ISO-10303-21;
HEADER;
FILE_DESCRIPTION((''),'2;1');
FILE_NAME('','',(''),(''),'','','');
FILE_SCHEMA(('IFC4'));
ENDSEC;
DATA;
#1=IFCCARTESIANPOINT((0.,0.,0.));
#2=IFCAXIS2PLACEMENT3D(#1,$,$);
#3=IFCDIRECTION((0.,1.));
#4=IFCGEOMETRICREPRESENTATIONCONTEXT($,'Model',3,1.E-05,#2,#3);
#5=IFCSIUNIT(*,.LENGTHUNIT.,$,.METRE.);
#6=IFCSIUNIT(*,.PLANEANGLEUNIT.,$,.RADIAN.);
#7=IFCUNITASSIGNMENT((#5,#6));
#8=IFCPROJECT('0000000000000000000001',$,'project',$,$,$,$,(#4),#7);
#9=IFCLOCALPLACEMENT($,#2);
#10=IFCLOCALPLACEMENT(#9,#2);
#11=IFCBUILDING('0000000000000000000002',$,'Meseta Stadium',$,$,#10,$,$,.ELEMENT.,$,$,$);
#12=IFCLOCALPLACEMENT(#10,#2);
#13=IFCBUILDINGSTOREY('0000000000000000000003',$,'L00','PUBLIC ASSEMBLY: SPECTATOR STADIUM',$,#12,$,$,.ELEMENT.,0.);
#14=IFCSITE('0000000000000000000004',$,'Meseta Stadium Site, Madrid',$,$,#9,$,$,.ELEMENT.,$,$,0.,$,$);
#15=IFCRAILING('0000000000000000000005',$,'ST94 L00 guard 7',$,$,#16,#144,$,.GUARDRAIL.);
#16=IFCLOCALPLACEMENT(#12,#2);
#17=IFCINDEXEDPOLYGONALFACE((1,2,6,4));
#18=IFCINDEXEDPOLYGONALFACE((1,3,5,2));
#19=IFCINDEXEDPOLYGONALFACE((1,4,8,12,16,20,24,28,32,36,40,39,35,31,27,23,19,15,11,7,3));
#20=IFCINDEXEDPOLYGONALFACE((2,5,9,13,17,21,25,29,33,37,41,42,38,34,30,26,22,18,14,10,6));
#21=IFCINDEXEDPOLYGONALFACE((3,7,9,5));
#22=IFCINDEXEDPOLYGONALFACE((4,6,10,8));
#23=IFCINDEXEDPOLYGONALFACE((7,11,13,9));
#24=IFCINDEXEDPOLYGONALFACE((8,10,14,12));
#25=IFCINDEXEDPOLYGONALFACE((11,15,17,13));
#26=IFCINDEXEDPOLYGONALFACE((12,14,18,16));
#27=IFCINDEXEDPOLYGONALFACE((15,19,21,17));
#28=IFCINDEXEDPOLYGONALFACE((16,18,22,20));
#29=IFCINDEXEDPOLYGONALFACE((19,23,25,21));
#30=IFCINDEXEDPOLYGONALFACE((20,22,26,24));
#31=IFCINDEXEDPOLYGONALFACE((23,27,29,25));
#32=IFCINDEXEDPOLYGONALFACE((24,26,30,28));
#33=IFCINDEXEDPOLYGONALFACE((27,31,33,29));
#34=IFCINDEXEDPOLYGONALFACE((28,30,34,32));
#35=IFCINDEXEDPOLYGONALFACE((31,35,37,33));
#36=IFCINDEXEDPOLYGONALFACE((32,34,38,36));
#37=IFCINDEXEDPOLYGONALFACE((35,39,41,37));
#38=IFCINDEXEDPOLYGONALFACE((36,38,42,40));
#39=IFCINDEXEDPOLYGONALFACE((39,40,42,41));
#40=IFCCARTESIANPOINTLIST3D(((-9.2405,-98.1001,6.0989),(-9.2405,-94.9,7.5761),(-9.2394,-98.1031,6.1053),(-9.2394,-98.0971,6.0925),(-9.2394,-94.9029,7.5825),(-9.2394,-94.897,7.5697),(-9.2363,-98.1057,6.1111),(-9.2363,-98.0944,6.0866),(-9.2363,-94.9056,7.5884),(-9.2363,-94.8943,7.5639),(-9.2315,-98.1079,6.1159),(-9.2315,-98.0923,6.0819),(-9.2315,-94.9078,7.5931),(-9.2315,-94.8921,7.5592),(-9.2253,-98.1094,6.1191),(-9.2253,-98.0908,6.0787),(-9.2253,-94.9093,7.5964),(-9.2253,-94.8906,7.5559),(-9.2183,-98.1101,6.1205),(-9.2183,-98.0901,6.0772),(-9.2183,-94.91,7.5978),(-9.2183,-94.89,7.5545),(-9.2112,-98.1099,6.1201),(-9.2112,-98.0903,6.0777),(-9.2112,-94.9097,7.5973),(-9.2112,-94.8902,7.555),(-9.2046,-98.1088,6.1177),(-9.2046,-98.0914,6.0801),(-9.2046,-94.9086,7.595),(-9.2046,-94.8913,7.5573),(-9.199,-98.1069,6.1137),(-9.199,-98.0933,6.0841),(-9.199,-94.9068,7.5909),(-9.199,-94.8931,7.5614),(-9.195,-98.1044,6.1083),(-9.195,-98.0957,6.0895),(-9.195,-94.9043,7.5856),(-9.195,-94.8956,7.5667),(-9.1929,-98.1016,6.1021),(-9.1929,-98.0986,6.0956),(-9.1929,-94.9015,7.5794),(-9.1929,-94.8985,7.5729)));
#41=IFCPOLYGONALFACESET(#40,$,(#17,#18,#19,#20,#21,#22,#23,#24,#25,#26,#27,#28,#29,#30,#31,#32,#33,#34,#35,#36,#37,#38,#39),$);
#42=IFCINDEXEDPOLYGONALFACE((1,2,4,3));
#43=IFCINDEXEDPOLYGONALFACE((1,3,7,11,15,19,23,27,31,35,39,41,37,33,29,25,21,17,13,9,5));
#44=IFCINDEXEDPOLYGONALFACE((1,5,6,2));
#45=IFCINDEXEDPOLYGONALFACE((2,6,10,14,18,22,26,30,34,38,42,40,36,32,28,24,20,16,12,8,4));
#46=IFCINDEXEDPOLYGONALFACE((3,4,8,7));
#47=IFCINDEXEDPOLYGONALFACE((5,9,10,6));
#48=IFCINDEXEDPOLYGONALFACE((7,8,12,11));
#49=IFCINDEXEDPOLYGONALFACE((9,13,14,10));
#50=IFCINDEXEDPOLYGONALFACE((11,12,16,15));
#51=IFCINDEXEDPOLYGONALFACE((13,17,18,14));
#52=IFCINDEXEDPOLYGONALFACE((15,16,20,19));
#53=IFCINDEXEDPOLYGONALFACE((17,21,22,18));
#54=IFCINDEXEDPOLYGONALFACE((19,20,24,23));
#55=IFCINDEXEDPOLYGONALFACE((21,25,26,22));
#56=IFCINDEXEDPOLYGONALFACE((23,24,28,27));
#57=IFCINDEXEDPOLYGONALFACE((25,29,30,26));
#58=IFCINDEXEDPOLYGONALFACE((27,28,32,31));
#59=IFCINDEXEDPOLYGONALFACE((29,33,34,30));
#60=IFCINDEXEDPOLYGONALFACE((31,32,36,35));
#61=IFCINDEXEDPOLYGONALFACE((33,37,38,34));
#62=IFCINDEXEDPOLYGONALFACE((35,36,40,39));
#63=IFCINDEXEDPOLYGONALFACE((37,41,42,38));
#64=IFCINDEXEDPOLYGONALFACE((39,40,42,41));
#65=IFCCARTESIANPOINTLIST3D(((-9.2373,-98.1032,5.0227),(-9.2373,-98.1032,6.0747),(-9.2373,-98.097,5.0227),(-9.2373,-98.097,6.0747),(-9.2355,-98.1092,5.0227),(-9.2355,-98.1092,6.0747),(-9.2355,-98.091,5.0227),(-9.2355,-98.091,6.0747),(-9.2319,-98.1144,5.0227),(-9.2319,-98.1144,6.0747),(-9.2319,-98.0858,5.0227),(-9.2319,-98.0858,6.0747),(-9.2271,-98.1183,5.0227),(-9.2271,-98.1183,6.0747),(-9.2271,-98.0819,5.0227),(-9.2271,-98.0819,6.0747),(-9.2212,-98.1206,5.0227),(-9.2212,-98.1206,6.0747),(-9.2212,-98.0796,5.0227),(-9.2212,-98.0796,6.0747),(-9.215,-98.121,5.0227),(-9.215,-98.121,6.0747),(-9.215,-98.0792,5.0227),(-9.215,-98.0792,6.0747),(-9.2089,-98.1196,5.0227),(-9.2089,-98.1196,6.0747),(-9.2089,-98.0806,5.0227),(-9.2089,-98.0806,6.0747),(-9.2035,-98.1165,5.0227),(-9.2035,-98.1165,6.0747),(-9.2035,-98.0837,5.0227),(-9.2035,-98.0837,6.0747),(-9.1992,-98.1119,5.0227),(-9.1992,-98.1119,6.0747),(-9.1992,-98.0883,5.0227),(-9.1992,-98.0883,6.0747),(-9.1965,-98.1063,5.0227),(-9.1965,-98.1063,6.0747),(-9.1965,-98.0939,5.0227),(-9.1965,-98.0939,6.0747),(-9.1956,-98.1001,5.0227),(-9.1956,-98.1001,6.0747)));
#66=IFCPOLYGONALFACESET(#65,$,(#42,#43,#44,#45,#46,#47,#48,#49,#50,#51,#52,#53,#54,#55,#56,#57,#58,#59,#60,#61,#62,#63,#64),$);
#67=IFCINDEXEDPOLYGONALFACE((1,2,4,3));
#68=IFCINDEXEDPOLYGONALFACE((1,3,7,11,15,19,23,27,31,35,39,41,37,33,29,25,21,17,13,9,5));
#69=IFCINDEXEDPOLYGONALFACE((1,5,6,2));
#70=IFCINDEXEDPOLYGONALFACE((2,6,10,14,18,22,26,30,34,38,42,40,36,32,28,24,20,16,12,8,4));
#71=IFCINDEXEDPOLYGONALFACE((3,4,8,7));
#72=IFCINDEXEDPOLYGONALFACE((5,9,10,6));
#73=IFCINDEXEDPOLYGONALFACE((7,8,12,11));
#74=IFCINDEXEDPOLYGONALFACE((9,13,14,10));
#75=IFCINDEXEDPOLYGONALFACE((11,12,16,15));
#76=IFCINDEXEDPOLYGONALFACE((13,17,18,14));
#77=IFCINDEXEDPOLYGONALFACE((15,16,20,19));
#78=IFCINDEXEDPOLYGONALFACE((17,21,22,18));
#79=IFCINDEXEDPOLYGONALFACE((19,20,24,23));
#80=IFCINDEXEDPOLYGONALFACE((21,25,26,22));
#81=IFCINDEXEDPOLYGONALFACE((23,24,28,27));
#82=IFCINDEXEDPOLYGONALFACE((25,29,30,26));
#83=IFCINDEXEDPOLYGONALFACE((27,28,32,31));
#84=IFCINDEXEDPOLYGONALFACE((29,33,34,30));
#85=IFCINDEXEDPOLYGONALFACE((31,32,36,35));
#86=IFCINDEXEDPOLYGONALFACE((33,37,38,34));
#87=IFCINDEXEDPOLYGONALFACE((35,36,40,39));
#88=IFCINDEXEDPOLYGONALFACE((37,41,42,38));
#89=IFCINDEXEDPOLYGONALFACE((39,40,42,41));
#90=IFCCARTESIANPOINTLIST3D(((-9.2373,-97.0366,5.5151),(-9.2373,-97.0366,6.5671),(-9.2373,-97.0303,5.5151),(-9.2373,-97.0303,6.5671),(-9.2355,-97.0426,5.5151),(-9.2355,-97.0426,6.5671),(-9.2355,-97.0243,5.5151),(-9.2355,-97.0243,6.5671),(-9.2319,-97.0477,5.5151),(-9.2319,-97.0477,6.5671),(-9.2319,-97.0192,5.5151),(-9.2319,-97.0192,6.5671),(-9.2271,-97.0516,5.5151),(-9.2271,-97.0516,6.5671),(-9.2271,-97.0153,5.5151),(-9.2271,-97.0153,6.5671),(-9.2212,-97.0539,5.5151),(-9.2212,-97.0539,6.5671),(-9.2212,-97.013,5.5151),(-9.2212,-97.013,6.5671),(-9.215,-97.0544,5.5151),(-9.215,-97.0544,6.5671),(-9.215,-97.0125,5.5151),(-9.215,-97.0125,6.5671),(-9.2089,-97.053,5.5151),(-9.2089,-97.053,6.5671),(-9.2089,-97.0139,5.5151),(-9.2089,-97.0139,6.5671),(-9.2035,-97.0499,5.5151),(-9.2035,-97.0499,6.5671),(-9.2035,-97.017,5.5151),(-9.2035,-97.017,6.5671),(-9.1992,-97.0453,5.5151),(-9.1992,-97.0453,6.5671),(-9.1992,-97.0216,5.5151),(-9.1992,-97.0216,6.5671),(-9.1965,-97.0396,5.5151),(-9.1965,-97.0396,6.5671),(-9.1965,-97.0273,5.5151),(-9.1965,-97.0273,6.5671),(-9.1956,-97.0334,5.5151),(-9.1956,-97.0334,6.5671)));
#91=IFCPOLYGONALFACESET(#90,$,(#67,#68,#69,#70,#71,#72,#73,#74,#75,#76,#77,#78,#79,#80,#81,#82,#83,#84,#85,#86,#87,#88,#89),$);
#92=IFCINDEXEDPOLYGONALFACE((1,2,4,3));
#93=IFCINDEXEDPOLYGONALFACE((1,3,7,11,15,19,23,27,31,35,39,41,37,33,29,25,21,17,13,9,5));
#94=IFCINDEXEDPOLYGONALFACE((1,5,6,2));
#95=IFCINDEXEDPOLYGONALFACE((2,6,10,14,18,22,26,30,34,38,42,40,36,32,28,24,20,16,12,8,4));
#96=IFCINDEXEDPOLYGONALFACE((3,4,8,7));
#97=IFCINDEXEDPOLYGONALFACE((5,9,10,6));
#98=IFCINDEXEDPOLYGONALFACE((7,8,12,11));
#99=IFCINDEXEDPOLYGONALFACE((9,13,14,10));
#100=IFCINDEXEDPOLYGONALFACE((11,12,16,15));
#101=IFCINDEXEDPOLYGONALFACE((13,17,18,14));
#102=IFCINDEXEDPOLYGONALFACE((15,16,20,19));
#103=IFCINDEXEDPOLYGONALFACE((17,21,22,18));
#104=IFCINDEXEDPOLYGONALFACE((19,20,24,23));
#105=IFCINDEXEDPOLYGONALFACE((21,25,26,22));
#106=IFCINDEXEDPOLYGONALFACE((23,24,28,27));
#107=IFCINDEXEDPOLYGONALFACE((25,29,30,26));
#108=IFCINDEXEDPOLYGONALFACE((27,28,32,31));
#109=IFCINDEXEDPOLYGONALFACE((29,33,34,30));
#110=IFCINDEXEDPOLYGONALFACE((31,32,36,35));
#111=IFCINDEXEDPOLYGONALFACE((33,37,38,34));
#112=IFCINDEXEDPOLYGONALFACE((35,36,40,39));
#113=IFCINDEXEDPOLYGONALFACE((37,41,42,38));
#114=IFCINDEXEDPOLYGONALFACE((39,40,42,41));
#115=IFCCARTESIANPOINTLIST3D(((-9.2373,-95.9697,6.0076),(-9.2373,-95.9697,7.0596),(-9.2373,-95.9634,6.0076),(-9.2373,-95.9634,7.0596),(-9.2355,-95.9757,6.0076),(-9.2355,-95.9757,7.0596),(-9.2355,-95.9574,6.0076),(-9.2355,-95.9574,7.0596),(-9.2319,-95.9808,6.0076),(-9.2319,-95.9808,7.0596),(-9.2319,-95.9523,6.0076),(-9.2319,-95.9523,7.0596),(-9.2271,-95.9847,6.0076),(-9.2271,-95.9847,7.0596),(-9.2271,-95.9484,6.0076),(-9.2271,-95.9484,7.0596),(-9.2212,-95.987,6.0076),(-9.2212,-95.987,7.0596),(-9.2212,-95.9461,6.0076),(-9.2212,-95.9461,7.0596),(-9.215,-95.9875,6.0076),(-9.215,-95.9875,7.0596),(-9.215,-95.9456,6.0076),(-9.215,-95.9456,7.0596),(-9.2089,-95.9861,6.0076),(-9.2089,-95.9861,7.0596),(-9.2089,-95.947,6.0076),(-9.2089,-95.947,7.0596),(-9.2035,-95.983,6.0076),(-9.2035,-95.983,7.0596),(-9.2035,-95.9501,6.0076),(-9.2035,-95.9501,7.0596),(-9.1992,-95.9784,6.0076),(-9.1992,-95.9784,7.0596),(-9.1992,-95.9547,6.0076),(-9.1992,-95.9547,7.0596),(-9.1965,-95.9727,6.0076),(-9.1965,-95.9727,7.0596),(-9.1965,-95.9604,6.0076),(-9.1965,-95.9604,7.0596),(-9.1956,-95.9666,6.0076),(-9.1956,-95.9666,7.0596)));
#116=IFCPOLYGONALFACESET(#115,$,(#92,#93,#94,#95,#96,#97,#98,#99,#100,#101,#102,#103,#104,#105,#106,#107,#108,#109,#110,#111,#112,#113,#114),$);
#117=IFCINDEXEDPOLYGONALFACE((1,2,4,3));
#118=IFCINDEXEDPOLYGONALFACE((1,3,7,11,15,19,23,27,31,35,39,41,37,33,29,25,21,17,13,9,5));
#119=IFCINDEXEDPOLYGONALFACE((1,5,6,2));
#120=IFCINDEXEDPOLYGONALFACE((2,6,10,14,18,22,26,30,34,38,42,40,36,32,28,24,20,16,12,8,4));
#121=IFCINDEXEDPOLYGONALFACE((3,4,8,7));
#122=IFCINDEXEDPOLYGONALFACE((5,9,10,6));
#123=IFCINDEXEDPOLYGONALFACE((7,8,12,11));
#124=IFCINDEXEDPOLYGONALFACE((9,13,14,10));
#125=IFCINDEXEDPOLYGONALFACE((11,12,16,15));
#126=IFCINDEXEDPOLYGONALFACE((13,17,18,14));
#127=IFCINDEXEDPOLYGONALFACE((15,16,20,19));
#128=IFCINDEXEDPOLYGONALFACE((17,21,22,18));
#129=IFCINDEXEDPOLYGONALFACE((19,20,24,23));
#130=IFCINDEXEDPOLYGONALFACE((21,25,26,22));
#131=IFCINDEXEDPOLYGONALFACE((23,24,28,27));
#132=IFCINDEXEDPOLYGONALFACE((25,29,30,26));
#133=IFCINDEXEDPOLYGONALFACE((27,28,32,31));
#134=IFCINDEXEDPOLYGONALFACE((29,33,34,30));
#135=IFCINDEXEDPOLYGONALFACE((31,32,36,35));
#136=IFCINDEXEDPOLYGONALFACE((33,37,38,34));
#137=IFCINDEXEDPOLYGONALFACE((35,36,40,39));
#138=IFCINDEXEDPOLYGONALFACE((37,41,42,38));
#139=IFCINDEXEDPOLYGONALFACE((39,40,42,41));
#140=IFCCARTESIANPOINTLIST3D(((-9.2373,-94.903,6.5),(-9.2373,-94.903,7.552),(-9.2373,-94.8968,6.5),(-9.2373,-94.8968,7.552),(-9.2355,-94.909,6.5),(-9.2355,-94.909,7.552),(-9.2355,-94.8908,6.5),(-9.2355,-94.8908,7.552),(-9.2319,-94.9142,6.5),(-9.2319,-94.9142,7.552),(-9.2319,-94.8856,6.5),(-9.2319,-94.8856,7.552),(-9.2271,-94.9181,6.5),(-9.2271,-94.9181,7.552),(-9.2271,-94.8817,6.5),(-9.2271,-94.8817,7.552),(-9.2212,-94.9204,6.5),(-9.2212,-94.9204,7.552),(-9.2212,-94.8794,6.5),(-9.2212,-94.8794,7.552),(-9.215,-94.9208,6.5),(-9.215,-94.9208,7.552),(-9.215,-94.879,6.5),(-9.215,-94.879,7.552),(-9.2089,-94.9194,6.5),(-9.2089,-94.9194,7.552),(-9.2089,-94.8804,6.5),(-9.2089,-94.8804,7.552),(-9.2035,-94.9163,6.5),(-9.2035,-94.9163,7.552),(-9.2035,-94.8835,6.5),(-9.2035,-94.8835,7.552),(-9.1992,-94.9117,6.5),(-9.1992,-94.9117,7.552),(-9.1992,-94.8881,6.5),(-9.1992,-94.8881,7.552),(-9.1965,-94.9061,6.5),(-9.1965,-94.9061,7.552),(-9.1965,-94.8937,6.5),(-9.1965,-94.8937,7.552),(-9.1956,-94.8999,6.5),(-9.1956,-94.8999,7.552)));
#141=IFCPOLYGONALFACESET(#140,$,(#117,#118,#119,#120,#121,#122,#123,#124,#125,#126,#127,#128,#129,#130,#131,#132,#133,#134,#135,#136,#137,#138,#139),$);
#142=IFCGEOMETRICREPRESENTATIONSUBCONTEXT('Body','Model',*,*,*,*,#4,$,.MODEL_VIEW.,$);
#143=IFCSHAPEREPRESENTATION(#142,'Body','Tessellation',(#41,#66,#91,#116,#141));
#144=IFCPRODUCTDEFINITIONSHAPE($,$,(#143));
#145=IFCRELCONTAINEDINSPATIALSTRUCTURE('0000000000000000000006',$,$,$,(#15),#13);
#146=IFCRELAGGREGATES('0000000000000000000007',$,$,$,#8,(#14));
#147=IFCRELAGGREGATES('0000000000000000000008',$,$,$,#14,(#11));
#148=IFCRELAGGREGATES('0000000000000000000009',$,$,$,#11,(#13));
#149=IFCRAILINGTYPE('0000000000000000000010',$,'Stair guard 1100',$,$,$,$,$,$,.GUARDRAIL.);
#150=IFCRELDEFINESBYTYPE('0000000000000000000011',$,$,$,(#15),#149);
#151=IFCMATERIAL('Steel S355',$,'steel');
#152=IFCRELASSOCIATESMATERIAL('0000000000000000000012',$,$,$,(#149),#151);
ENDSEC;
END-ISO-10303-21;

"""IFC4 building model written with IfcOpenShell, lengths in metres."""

from ifc_helpers import new_model, si_unit, direction, frame, origin, origin_2d, place, context, subcontext, project, spatial, circle, extrude, material, type_object, element, save


model = new_model("IFC4")

# Units and contexts
model_context = context("Model", 3, precision=1e-05, world=origin(), true_north=direction((0.0, 1.0)))
body_context = subcontext(model_context, "Body", "Model", "MODEL_VIEW")
ifc_project = project(units=[si_unit("LENGTHUNIT", "METRE"), si_unit("PLANEANGLEUNIT", "RADIAN")], contexts=[model_context])

# Site, building, storey
site_placement = place(None, origin())
site = spatial("IfcSite", under=ifc_project, at=site_placement, Name="Meseta Stadium Site, Madrid", CompositionType="ELEMENT", RefElevation=0.0)
building_placement = place(site_placement, origin())
building = spatial("IfcBuilding", under=site, at=building_placement, Name="Meseta Stadium", CompositionType="ELEMENT")
storey_placement = place(building_placement, origin())
storey = spatial("IfcBuildingStorey", under=building, at=storey_placement, Name="L00", Description="PUBLIC ASSEMBLY: SPECTATOR STADIUM", CompositionType="ELEMENT", Elevation=0.0)

# Railing
ifc_material_1 = material(Name="Steel S355", Category="steel")
railing_type_1 = type_object("IfcRailingType", Name="Stair guard 1100", PredefinedType="GUARDRAIL", material=ifc_material_1)
railing_1_placement = place(storey_placement, frame((-9.2166, -98.1001, 5.0227)))
element("IfcRailing", 1, at=railing_1_placement, inside=storey, type_object=railing_type_1, Name="ST94 L00 guard 7", PredefinedType="GUARDRAIL", context=body_context, shape_type="SweptSolid", body=[
    extrude(circle(Radius=0.0239, at=origin_2d()), frame((0.0, 0.0, 1.0762), z_axis=(0.0, 0.907929, 0.419124), x_axis=(-1.0, 0.0, 0.0)), (0.0, 0.0, 1.0), 3.5247),
    extrude(circle(Radius=0.021, at=origin_2d()), origin(), (0.0, 0.0, 1.0), 1.052),
    extrude(circle(Radius=0.021, at=origin_2d()), frame((0.0, 1.0667, 0.4924)), (0.0, 0.0, 1.0), 1.052),
    extrude(circle(Radius=0.021, at=origin_2d()), frame((0.0, 2.1335, 0.9849)), (0.0, 0.0, 1.0), 1.052),
    extrude(circle(Radius=0.021, at=origin_2d()), frame((0.0, 3.2002, 1.4773)), (0.0, 0.0, 1.0), 1.052),
])

save(model, "model.ifc")
